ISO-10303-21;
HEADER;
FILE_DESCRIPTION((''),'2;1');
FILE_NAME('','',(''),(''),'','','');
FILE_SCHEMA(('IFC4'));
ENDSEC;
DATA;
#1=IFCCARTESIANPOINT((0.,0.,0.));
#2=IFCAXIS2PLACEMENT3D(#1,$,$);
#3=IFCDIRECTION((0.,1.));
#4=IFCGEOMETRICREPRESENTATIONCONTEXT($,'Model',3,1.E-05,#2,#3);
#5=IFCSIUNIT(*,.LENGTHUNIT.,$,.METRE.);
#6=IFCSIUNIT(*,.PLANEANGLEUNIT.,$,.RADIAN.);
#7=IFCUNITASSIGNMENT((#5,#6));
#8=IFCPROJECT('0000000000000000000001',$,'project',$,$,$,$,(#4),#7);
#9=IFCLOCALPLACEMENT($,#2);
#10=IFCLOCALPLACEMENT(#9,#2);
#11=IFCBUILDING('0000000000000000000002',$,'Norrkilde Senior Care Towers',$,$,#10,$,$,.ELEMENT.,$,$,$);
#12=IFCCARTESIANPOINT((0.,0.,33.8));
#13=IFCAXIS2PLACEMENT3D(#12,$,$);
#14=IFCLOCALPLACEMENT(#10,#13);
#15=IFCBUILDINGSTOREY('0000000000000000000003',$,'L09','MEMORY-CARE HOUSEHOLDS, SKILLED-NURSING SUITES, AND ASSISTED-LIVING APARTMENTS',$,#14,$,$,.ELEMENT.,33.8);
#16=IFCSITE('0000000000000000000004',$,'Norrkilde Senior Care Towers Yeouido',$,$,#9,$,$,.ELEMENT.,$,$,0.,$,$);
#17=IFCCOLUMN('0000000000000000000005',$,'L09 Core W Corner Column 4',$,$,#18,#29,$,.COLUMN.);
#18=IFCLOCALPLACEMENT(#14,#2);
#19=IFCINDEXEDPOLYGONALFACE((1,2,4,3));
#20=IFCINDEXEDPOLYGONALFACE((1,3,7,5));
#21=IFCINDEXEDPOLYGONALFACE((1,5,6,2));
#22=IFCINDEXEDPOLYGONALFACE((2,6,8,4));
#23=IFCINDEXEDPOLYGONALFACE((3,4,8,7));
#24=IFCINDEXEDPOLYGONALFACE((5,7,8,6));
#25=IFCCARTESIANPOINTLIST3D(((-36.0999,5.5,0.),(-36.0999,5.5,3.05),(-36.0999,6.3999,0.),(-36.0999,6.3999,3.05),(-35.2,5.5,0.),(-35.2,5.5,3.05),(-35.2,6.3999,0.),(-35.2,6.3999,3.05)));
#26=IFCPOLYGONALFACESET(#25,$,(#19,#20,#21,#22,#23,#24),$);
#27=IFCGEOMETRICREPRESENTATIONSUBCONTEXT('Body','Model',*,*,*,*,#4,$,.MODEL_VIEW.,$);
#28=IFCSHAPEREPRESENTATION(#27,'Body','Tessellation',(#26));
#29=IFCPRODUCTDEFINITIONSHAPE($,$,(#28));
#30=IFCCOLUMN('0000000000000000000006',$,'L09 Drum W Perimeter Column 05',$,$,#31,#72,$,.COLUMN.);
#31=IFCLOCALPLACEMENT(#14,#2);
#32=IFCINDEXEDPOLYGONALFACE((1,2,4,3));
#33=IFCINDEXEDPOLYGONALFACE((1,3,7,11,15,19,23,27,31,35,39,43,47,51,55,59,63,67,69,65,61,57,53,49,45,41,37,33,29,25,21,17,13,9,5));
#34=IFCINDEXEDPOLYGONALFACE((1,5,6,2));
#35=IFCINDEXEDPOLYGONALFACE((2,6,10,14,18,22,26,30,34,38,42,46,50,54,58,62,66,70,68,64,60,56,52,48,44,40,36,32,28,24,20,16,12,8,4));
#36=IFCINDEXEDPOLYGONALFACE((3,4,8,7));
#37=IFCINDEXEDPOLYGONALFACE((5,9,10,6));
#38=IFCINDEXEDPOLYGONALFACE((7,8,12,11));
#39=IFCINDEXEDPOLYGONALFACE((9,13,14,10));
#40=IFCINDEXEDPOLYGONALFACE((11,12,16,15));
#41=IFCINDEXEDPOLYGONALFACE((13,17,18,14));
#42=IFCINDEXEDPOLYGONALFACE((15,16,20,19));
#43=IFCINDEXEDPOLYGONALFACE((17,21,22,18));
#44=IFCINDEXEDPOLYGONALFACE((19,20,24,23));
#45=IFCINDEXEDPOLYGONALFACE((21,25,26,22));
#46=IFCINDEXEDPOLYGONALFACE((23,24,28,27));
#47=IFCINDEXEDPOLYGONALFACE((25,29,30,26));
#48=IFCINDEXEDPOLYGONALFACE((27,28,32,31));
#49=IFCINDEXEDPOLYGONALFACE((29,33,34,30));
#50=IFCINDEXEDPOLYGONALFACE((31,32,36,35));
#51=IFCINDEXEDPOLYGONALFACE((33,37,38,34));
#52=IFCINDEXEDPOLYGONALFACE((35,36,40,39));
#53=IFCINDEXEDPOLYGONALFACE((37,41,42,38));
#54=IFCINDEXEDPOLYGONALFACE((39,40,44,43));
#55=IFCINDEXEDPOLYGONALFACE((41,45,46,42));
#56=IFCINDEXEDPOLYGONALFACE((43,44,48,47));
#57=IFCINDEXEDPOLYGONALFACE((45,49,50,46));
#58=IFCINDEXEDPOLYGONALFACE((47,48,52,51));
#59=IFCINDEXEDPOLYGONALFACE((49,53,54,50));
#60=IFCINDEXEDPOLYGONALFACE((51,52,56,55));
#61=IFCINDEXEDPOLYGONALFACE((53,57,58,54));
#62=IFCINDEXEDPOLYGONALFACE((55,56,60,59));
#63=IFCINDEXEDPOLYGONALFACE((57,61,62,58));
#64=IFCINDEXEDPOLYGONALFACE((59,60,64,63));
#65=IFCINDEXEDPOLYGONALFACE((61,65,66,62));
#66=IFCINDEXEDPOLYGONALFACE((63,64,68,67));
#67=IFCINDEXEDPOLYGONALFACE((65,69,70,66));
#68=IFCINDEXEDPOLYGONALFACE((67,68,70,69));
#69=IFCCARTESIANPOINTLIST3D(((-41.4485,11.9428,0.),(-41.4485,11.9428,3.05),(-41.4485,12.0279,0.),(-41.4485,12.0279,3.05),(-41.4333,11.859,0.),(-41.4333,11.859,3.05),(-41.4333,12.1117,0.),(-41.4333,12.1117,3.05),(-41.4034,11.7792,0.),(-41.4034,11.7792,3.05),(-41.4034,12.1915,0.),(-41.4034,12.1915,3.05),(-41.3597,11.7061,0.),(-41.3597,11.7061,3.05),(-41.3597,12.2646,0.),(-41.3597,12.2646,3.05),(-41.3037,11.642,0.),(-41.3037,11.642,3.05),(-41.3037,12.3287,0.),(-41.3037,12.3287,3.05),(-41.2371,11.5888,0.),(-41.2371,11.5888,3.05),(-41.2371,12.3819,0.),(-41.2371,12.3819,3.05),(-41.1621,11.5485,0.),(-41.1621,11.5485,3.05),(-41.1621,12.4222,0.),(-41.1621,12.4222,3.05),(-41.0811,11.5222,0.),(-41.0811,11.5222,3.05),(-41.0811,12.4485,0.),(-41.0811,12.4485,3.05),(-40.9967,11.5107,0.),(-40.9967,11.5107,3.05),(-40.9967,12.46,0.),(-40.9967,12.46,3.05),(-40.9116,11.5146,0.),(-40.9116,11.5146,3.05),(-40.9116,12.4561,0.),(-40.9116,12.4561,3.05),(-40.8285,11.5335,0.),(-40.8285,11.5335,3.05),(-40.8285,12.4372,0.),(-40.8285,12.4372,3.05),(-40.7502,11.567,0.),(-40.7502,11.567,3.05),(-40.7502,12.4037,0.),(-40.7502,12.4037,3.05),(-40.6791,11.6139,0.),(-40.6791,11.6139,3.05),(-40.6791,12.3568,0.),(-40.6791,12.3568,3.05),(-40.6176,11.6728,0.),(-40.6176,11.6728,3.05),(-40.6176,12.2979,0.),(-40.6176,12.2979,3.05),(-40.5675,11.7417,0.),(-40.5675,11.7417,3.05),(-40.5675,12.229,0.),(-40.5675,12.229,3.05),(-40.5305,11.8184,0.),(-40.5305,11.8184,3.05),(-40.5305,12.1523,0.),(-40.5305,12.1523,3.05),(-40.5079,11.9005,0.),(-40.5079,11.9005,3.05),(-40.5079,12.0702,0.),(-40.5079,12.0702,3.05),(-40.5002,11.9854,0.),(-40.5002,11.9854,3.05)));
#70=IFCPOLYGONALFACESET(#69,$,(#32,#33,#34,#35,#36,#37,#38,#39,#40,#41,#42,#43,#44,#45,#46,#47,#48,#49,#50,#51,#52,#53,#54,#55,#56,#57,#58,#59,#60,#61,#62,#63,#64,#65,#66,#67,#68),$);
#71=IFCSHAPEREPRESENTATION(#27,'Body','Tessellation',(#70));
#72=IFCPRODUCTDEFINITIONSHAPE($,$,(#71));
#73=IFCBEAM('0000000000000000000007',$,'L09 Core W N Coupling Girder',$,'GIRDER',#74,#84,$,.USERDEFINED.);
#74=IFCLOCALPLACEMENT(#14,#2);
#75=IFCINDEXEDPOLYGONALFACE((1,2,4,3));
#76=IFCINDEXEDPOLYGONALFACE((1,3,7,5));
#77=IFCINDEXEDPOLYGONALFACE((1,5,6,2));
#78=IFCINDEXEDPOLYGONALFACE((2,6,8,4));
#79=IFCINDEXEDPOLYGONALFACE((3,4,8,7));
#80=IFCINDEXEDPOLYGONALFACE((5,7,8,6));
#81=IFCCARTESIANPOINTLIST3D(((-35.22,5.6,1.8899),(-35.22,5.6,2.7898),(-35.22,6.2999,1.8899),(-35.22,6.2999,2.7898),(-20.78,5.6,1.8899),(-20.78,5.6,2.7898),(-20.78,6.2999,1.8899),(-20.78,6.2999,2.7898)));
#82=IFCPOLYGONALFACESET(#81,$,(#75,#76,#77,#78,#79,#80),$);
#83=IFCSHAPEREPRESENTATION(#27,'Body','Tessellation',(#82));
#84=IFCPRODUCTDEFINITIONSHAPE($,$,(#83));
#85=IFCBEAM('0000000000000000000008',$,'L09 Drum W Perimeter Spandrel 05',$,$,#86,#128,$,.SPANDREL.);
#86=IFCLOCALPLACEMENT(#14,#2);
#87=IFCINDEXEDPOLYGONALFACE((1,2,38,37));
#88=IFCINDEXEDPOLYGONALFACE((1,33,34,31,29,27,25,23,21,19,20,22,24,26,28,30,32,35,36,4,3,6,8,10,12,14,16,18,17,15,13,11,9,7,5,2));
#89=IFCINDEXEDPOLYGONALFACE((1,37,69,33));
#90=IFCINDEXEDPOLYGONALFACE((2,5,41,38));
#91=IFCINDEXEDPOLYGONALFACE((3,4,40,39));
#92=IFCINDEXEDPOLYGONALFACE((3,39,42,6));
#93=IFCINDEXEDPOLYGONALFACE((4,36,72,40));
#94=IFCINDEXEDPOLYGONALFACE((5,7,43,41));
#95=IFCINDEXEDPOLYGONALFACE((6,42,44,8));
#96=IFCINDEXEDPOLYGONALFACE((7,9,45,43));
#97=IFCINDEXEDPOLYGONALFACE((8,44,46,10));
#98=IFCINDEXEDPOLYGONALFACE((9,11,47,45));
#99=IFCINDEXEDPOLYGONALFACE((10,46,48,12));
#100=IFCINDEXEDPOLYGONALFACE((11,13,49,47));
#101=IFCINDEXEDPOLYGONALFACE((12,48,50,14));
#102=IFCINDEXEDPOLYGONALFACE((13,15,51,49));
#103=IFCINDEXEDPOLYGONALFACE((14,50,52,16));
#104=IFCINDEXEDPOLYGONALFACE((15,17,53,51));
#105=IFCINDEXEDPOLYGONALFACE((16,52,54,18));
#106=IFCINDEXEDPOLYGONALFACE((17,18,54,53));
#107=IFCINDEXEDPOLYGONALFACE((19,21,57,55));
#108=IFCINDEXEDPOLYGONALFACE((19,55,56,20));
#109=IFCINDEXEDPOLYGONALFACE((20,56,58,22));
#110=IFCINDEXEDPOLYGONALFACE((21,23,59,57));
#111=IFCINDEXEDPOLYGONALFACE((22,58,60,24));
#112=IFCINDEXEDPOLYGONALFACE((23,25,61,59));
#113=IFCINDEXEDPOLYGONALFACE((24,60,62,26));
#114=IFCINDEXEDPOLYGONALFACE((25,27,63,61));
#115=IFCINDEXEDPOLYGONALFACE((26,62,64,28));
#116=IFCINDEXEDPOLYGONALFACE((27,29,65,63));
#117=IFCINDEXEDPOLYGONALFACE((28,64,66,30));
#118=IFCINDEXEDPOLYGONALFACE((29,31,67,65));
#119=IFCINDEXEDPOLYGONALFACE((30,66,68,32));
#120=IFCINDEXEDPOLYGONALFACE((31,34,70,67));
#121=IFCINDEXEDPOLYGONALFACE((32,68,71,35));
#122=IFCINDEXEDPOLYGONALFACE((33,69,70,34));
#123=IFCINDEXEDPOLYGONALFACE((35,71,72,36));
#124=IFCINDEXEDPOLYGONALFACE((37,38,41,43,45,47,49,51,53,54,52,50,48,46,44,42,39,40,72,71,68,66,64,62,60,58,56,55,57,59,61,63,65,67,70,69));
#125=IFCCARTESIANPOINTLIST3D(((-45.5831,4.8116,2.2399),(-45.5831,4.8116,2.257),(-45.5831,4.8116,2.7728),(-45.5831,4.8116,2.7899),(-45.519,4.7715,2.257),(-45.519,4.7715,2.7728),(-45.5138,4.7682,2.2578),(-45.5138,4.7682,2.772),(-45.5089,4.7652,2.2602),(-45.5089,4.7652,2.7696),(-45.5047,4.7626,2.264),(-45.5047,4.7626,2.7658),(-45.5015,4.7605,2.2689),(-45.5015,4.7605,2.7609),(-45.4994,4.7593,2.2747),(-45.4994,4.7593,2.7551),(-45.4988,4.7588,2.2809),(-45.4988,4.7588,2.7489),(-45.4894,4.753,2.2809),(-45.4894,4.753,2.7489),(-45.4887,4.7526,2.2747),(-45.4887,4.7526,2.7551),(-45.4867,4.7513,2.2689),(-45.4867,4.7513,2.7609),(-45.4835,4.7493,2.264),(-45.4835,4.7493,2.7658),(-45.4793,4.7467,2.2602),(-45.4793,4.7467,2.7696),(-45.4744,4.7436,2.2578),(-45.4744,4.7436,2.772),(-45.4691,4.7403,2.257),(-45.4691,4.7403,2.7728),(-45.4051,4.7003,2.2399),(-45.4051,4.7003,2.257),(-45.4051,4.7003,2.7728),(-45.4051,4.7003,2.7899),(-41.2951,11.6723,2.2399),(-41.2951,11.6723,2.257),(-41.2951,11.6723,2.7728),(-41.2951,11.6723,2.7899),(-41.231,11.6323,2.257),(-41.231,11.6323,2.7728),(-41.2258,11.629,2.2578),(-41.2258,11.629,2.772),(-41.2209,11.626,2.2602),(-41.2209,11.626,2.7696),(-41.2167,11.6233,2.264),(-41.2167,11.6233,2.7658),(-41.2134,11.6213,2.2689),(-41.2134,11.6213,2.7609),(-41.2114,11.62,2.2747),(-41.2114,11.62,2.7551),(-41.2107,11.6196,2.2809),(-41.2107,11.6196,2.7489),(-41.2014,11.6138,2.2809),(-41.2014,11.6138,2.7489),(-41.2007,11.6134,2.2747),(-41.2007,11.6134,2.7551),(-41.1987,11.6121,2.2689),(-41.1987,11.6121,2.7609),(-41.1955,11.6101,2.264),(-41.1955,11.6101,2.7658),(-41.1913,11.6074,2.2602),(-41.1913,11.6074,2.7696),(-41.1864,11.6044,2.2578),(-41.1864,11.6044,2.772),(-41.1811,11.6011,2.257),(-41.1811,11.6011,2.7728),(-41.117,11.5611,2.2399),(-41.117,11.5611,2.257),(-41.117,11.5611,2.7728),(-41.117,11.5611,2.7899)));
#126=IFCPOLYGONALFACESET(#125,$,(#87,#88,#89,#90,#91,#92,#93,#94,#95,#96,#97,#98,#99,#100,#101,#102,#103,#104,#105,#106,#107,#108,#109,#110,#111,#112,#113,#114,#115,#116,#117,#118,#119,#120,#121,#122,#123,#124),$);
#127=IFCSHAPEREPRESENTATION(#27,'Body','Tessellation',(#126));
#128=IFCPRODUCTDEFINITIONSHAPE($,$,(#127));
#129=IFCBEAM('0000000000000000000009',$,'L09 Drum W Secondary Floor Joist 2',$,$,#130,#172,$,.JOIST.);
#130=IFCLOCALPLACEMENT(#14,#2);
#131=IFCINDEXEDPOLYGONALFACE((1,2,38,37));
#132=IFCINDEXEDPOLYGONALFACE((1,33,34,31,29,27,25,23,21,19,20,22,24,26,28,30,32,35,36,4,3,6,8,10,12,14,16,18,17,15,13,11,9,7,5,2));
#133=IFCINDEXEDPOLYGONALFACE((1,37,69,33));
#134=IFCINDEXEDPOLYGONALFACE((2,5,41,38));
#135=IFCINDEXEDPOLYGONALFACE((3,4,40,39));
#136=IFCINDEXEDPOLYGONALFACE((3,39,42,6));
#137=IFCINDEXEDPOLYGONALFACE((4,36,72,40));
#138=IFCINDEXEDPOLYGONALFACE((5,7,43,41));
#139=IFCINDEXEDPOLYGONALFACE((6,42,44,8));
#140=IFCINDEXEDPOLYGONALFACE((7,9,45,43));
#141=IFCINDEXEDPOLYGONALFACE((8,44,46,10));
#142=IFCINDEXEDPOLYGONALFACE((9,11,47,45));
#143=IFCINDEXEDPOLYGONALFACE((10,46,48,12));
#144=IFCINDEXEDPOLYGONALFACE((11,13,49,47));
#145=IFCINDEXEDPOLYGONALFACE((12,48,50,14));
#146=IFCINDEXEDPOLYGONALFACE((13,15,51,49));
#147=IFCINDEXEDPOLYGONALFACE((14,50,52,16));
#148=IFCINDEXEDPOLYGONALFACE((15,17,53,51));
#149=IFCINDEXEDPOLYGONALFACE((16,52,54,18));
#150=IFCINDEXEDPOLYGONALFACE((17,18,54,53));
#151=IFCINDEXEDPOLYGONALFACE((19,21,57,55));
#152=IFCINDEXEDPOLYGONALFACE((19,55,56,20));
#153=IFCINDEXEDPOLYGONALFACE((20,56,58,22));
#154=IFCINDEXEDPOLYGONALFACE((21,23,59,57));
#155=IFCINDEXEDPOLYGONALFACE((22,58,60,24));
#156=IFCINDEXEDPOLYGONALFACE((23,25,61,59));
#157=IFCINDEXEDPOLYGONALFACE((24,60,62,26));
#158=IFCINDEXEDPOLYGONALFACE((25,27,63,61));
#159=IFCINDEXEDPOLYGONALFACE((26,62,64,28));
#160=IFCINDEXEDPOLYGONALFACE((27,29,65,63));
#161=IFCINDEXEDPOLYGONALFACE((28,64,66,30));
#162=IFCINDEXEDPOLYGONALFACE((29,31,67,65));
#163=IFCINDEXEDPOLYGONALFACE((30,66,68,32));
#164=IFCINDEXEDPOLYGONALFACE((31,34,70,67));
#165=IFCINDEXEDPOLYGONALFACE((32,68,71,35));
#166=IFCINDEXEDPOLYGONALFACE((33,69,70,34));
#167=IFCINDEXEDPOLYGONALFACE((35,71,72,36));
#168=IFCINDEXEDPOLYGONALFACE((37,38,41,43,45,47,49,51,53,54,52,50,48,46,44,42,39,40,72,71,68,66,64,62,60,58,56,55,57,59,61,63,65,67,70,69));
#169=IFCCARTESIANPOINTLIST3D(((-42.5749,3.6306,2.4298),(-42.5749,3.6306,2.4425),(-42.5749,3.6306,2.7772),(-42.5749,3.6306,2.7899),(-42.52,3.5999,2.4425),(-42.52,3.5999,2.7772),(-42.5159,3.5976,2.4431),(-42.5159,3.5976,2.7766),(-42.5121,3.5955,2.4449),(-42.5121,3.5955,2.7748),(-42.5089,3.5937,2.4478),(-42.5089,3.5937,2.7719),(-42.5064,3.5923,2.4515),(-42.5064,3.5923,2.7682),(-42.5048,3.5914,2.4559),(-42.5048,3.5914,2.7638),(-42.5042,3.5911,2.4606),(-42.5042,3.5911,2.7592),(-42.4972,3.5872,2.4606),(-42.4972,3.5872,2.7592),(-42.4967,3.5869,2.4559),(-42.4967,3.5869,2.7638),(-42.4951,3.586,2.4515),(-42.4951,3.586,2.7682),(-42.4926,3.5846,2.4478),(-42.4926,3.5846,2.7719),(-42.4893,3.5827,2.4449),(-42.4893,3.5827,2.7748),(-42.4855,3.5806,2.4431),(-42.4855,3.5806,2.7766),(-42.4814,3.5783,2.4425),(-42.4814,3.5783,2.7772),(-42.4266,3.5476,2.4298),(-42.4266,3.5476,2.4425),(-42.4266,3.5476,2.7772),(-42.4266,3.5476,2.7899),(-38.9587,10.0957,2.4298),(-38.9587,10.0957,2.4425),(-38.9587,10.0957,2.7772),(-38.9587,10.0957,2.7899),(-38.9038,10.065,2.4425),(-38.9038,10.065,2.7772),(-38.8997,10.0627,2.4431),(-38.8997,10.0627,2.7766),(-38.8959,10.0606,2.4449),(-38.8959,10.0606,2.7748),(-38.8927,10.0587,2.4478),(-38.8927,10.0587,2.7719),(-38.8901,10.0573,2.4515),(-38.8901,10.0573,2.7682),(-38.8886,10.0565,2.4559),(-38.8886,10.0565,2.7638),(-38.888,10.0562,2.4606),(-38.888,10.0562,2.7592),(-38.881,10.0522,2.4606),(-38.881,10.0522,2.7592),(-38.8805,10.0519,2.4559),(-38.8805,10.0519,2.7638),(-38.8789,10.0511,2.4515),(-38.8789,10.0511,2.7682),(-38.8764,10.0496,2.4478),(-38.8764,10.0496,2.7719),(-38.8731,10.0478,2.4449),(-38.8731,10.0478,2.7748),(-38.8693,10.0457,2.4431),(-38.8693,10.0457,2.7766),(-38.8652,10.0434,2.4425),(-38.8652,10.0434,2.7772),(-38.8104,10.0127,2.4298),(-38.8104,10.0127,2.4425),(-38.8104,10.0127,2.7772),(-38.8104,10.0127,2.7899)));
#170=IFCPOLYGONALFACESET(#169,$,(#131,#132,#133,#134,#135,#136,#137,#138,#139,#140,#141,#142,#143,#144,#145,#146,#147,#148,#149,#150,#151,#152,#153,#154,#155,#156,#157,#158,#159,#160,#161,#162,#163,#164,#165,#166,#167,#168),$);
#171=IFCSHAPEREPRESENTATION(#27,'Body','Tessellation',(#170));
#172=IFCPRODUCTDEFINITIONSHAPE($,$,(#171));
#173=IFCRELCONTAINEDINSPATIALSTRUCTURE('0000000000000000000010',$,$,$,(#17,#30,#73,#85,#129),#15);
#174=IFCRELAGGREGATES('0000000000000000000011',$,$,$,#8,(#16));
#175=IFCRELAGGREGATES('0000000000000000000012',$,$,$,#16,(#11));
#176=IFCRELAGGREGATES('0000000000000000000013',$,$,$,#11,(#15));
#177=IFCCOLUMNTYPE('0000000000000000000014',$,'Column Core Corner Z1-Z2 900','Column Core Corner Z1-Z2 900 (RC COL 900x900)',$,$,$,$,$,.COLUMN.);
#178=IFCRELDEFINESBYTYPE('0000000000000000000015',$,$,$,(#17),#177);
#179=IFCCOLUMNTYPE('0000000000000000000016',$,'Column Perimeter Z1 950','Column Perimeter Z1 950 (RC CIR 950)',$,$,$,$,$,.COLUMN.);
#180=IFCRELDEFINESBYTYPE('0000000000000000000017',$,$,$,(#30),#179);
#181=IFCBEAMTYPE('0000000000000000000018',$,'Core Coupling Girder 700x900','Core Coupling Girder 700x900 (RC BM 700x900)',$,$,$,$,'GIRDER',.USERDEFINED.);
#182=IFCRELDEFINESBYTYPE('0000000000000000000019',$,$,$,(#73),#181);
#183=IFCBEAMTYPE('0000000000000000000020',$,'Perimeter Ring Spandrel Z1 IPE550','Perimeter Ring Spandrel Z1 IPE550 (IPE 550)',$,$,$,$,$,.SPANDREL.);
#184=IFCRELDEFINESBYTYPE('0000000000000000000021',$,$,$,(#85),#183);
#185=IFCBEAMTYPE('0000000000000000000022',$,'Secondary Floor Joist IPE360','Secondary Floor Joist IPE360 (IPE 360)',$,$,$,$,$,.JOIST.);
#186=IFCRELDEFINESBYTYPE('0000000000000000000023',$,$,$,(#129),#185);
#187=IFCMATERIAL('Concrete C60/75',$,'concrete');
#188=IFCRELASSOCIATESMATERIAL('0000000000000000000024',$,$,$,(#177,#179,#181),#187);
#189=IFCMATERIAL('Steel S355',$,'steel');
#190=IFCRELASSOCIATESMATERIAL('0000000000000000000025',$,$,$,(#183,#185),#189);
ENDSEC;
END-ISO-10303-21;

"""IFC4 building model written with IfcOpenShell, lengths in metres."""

from ifc_helpers import new_model, si_unit, direction, frame, origin, origin_2d, place, context, subcontext, project, spatial, rectangle, circle, i_section, extrude, source, transform, mapped, material, material_profile, profile_set, type_object, type_shapes, element, save


model = new_model("IFC4")

# Units and contexts
model_context = context("Model", 3, precision=1e-05, world=origin(), true_north=direction((0.0, 1.0)))
body_context = subcontext(model_context, "Body", "Model", "MODEL_VIEW")
ifc_project = project(units=[si_unit("LENGTHUNIT", "METRE"), si_unit("PLANEANGLEUNIT", "RADIAN")], contexts=[model_context])

# Site, building, storey
site_placement = place(None, origin())
site = spatial("IfcSite", under=ifc_project, at=site_placement, Name="Norrkilde Senior Care Towers Yeouido", CompositionType="ELEMENT", RefElevation=0.0)
building_placement = place(site_placement, origin())
building = spatial("IfcBuilding", under=site, at=building_placement, Name="Norrkilde Senior Care Towers", CompositionType="ELEMENT")
storey_placement = place(building_placement, frame((0.0, 0.0, 33.8)))
storey = spatial("IfcBuildingStorey", under=building, at=storey_placement, Name="L09", Description="MEMORY-CARE HOUSEHOLDS, SKILLED-NURSING SUITES, AND ASSISTED-LIVING APARTMENTS", CompositionType="ELEMENT", Elevation=33.8)

# Columns
ifc_material_1 = material(Name="Concrete C60/75", Category="concrete")
ifc_material_profile_1 = material_profile(ifc_material_1, rectangle(XDim=0.8999, YDim=0.8999, at=origin_2d()), Name="RC COL 900x900")
ifc_profile_set_1 = profile_set([ifc_material_profile_1], Name="Concrete C60/75")
column_type_1 = type_object("IfcColumnType", Name="Column Core Corner Z1-Z2 900", Description="Column Core Corner Z1-Z2 900 (RC COL 900x900)", PredefinedType="COLUMN", material=ifc_profile_set_1)
shared_shape_1 = source(origin(), body_context, "Body", "SweptSolid", [
    extrude(rectangle(XDim=0.8999, YDim=0.8999, at=origin_2d()), origin(), (0.0, 0.0, 1.0), 3.05),
])
type_shapes(column_type_1, [shared_shape_1])
column_1_placement = place(storey_placement, frame((-35.6499, 5.95, 0.0), z_axis=(0.0, 0.0, 1.0), x_axis=(1.0, 0.0, 0.0)))
element("IfcColumn", 1, at=column_1_placement, inside=storey, type_object=column_type_1, Name="L09 Core W Corner Column 4", PredefinedType="COLUMN", context=body_context, shape_type="MappedRepresentation", body=[
    mapped(shared_shape_1, transform((0.0, 0.0, 0.0), x_axis=(1.0, 0.0, 0.0), y_axis=(0.0, 1.0, 0.0), z_axis=(0.0, 0.0, 1.0), scale=1.0)),
])
ifc_material_profile_2 = material_profile(ifc_material_1, circle(Radius=0.4751, at=origin_2d()), Name="RC CIR 950")
ifc_profile_set_2 = profile_set([ifc_material_profile_2], Name="Concrete C60/75")
column_type_2 = type_object("IfcColumnType", Name="Column Perimeter Z1 950", Description="Column Perimeter Z1 950 (RC CIR 950)", PredefinedType="COLUMN", material=ifc_profile_set_2)
shared_shape_2 = source(origin(), body_context, "Body", "SweptSolid", [
    extrude(circle(Radius=0.4751, at=origin_2d()), origin(), (0.0, 0.0, 1.0), 3.05),
])
type_shapes(column_type_2, [shared_shape_2])
column_2_placement = place(storey_placement, frame((-40.9753, 11.9854, 0.0), z_axis=(0.0, 0.0, 1.0), x_axis=(1.0, 0.0, 0.0)))
element("IfcColumn", 2, at=column_2_placement, inside=storey, type_object=column_type_2, Name="L09 Drum W Perimeter Column 05", PredefinedType="COLUMN", context=body_context, shape_type="MappedRepresentation", body=[
    mapped(shared_shape_2, transform((0.0, 0.0, 0.0), x_axis=(1.0, 0.0, 0.0), y_axis=(0.0, 1.0, 0.0), z_axis=(0.0, 0.0, 1.0), scale=1.0)),
])

# Beams
ifc_material_profile_3 = material_profile(ifc_material_1, rectangle(XDim=0.7, YDim=0.8999, at=origin_2d()), Name="RC BM 700x900")
ifc_profile_set_3 = profile_set([ifc_material_profile_3], Name="Concrete C60/75")
beam_type_1 = type_object("IfcBeamType", Name="Core Coupling Girder 700x900", Description="Core Coupling Girder 700x900 (RC BM 700x900)", ElementType="GIRDER", PredefinedType="USERDEFINED", material=ifc_profile_set_3)
shared_shape_3 = source(origin(), body_context, "Body", "SweptSolid", [
    extrude(rectangle(XDim=0.7, YDim=0.8999, at=origin_2d()), origin(), (0.0, 0.0, 1.0), 14.4399),
])
type_shapes(beam_type_1, [shared_shape_3])
beam_1_placement = place(storey_placement, frame((-35.22, 5.95, 2.3398), z_axis=(1.0, 0.0, 0.0), x_axis=(0.0, 1.0, 0.0)))
element("IfcBeam", 3, at=beam_1_placement, inside=storey, type_object=beam_type_1, Name="L09 Core W N Coupling Girder", ObjectType="GIRDER", PredefinedType="USERDEFINED", context=body_context, shape_type="MappedRepresentation", body=[
    mapped(shared_shape_3, transform((0.0, 0.0, 0.0), x_axis=(1.0, 0.0, 0.0), y_axis=(0.0, 1.0, 0.0), z_axis=(0.0, 0.0, 1.0), scale=1.0)),
])
ifc_material_2 = material(Name="Steel S355", Category="steel")
ifc_material_profile_4 = material_profile(ifc_material_2, i_section(OverallWidth=0.21, OverallDepth=0.55, WebThickness=0.011, FlangeThickness=0.0171, FilletRadius=0.0239, at=origin_2d()), Name="IPE 550")
ifc_profile_set_4 = profile_set([ifc_material_profile_4], Name="Steel S355")
beam_type_2 = type_object("IfcBeamType", Name="Perimeter Ring Spandrel Z1 IPE550", Description="Perimeter Ring Spandrel Z1 IPE550 (IPE 550)", PredefinedType="SPANDREL", material=ifc_profile_set_4)
shared_shape_4 = source(origin(), body_context, "Body", "SweptSolid", [
    extrude(i_section(OverallWidth=0.21, OverallDepth=0.55, WebThickness=0.011, FlangeThickness=0.0171, FilletRadius=0.0239, at=origin_2d()), origin(), (0.0, 0.0, 1.0), 8.0906),
])
type_shapes(beam_type_2, [shared_shape_4])
beam_2_placement = place(storey_placement, frame((-41.2061, 11.6167, 2.5149), z_axis=(-0.530004, -0.847995, 0.0), x_axis=(0.847995, -0.530004, 0.0)))
element("IfcBeam", 4, at=beam_2_placement, inside=storey, type_object=beam_type_2, Name="L09 Drum W Perimeter Spandrel 05", PredefinedType="SPANDREL", context=body_context, shape_type="MappedRepresentation", body=[
    mapped(shared_shape_4, transform((0.0, 0.0, 0.0), x_axis=(1.0, 0.0, 0.0), y_axis=(0.0, 1.0, 0.0), z_axis=(0.0, 0.0, 1.0), scale=1.0)),
])
ifc_material_profile_5 = material_profile(ifc_material_2, i_section(OverallWidth=0.1699, OverallDepth=0.3601, WebThickness=0.0081, FlangeThickness=0.0127, FilletRadius=0.0181, at=origin_2d()), Name="IPE 360")
ifc_profile_set_5 = profile_set([ifc_material_profile_5], Name="Steel S355")
beam_type_3 = type_object("IfcBeamType", Name="Secondary Floor Joist IPE360", Description="Secondary Floor Joist IPE360 (IPE 360)", PredefinedType="JOIST", material=ifc_profile_set_5)
shared_shape_5 = source(origin(), body_context, "Body", "SweptSolid", [
    extrude(i_section(OverallWidth=0.1699, OverallDepth=0.3601, WebThickness=0.0081, FlangeThickness=0.0127, FilletRadius=0.0181, at=origin_2d()), origin(), (0.0, 0.0, 1.0), 7.4077),
])
type_shapes(beam_type_3, [shared_shape_5])
beam_3_placement = place(storey_placement, frame((-38.8845, 10.0542, 2.6099), z_axis=(-0.488168, -0.87275, 0.0), x_axis=(0.87275, -0.488168, 0.0)))
element("IfcBeam", 5, at=beam_3_placement, inside=storey, type_object=beam_type_3, Name="L09 Drum W Secondary Floor Joist 2", PredefinedType="JOIST", context=body_context, shape_type="MappedRepresentation", body=[
    mapped(shared_shape_5, transform((0.0, 0.0, 0.0), x_axis=(1.0, 0.0, 0.0), y_axis=(0.0, 1.0, 0.0), z_axis=(0.0, 0.0, 1.0), scale=1.0)),
])

save(model, "model.ifc")
